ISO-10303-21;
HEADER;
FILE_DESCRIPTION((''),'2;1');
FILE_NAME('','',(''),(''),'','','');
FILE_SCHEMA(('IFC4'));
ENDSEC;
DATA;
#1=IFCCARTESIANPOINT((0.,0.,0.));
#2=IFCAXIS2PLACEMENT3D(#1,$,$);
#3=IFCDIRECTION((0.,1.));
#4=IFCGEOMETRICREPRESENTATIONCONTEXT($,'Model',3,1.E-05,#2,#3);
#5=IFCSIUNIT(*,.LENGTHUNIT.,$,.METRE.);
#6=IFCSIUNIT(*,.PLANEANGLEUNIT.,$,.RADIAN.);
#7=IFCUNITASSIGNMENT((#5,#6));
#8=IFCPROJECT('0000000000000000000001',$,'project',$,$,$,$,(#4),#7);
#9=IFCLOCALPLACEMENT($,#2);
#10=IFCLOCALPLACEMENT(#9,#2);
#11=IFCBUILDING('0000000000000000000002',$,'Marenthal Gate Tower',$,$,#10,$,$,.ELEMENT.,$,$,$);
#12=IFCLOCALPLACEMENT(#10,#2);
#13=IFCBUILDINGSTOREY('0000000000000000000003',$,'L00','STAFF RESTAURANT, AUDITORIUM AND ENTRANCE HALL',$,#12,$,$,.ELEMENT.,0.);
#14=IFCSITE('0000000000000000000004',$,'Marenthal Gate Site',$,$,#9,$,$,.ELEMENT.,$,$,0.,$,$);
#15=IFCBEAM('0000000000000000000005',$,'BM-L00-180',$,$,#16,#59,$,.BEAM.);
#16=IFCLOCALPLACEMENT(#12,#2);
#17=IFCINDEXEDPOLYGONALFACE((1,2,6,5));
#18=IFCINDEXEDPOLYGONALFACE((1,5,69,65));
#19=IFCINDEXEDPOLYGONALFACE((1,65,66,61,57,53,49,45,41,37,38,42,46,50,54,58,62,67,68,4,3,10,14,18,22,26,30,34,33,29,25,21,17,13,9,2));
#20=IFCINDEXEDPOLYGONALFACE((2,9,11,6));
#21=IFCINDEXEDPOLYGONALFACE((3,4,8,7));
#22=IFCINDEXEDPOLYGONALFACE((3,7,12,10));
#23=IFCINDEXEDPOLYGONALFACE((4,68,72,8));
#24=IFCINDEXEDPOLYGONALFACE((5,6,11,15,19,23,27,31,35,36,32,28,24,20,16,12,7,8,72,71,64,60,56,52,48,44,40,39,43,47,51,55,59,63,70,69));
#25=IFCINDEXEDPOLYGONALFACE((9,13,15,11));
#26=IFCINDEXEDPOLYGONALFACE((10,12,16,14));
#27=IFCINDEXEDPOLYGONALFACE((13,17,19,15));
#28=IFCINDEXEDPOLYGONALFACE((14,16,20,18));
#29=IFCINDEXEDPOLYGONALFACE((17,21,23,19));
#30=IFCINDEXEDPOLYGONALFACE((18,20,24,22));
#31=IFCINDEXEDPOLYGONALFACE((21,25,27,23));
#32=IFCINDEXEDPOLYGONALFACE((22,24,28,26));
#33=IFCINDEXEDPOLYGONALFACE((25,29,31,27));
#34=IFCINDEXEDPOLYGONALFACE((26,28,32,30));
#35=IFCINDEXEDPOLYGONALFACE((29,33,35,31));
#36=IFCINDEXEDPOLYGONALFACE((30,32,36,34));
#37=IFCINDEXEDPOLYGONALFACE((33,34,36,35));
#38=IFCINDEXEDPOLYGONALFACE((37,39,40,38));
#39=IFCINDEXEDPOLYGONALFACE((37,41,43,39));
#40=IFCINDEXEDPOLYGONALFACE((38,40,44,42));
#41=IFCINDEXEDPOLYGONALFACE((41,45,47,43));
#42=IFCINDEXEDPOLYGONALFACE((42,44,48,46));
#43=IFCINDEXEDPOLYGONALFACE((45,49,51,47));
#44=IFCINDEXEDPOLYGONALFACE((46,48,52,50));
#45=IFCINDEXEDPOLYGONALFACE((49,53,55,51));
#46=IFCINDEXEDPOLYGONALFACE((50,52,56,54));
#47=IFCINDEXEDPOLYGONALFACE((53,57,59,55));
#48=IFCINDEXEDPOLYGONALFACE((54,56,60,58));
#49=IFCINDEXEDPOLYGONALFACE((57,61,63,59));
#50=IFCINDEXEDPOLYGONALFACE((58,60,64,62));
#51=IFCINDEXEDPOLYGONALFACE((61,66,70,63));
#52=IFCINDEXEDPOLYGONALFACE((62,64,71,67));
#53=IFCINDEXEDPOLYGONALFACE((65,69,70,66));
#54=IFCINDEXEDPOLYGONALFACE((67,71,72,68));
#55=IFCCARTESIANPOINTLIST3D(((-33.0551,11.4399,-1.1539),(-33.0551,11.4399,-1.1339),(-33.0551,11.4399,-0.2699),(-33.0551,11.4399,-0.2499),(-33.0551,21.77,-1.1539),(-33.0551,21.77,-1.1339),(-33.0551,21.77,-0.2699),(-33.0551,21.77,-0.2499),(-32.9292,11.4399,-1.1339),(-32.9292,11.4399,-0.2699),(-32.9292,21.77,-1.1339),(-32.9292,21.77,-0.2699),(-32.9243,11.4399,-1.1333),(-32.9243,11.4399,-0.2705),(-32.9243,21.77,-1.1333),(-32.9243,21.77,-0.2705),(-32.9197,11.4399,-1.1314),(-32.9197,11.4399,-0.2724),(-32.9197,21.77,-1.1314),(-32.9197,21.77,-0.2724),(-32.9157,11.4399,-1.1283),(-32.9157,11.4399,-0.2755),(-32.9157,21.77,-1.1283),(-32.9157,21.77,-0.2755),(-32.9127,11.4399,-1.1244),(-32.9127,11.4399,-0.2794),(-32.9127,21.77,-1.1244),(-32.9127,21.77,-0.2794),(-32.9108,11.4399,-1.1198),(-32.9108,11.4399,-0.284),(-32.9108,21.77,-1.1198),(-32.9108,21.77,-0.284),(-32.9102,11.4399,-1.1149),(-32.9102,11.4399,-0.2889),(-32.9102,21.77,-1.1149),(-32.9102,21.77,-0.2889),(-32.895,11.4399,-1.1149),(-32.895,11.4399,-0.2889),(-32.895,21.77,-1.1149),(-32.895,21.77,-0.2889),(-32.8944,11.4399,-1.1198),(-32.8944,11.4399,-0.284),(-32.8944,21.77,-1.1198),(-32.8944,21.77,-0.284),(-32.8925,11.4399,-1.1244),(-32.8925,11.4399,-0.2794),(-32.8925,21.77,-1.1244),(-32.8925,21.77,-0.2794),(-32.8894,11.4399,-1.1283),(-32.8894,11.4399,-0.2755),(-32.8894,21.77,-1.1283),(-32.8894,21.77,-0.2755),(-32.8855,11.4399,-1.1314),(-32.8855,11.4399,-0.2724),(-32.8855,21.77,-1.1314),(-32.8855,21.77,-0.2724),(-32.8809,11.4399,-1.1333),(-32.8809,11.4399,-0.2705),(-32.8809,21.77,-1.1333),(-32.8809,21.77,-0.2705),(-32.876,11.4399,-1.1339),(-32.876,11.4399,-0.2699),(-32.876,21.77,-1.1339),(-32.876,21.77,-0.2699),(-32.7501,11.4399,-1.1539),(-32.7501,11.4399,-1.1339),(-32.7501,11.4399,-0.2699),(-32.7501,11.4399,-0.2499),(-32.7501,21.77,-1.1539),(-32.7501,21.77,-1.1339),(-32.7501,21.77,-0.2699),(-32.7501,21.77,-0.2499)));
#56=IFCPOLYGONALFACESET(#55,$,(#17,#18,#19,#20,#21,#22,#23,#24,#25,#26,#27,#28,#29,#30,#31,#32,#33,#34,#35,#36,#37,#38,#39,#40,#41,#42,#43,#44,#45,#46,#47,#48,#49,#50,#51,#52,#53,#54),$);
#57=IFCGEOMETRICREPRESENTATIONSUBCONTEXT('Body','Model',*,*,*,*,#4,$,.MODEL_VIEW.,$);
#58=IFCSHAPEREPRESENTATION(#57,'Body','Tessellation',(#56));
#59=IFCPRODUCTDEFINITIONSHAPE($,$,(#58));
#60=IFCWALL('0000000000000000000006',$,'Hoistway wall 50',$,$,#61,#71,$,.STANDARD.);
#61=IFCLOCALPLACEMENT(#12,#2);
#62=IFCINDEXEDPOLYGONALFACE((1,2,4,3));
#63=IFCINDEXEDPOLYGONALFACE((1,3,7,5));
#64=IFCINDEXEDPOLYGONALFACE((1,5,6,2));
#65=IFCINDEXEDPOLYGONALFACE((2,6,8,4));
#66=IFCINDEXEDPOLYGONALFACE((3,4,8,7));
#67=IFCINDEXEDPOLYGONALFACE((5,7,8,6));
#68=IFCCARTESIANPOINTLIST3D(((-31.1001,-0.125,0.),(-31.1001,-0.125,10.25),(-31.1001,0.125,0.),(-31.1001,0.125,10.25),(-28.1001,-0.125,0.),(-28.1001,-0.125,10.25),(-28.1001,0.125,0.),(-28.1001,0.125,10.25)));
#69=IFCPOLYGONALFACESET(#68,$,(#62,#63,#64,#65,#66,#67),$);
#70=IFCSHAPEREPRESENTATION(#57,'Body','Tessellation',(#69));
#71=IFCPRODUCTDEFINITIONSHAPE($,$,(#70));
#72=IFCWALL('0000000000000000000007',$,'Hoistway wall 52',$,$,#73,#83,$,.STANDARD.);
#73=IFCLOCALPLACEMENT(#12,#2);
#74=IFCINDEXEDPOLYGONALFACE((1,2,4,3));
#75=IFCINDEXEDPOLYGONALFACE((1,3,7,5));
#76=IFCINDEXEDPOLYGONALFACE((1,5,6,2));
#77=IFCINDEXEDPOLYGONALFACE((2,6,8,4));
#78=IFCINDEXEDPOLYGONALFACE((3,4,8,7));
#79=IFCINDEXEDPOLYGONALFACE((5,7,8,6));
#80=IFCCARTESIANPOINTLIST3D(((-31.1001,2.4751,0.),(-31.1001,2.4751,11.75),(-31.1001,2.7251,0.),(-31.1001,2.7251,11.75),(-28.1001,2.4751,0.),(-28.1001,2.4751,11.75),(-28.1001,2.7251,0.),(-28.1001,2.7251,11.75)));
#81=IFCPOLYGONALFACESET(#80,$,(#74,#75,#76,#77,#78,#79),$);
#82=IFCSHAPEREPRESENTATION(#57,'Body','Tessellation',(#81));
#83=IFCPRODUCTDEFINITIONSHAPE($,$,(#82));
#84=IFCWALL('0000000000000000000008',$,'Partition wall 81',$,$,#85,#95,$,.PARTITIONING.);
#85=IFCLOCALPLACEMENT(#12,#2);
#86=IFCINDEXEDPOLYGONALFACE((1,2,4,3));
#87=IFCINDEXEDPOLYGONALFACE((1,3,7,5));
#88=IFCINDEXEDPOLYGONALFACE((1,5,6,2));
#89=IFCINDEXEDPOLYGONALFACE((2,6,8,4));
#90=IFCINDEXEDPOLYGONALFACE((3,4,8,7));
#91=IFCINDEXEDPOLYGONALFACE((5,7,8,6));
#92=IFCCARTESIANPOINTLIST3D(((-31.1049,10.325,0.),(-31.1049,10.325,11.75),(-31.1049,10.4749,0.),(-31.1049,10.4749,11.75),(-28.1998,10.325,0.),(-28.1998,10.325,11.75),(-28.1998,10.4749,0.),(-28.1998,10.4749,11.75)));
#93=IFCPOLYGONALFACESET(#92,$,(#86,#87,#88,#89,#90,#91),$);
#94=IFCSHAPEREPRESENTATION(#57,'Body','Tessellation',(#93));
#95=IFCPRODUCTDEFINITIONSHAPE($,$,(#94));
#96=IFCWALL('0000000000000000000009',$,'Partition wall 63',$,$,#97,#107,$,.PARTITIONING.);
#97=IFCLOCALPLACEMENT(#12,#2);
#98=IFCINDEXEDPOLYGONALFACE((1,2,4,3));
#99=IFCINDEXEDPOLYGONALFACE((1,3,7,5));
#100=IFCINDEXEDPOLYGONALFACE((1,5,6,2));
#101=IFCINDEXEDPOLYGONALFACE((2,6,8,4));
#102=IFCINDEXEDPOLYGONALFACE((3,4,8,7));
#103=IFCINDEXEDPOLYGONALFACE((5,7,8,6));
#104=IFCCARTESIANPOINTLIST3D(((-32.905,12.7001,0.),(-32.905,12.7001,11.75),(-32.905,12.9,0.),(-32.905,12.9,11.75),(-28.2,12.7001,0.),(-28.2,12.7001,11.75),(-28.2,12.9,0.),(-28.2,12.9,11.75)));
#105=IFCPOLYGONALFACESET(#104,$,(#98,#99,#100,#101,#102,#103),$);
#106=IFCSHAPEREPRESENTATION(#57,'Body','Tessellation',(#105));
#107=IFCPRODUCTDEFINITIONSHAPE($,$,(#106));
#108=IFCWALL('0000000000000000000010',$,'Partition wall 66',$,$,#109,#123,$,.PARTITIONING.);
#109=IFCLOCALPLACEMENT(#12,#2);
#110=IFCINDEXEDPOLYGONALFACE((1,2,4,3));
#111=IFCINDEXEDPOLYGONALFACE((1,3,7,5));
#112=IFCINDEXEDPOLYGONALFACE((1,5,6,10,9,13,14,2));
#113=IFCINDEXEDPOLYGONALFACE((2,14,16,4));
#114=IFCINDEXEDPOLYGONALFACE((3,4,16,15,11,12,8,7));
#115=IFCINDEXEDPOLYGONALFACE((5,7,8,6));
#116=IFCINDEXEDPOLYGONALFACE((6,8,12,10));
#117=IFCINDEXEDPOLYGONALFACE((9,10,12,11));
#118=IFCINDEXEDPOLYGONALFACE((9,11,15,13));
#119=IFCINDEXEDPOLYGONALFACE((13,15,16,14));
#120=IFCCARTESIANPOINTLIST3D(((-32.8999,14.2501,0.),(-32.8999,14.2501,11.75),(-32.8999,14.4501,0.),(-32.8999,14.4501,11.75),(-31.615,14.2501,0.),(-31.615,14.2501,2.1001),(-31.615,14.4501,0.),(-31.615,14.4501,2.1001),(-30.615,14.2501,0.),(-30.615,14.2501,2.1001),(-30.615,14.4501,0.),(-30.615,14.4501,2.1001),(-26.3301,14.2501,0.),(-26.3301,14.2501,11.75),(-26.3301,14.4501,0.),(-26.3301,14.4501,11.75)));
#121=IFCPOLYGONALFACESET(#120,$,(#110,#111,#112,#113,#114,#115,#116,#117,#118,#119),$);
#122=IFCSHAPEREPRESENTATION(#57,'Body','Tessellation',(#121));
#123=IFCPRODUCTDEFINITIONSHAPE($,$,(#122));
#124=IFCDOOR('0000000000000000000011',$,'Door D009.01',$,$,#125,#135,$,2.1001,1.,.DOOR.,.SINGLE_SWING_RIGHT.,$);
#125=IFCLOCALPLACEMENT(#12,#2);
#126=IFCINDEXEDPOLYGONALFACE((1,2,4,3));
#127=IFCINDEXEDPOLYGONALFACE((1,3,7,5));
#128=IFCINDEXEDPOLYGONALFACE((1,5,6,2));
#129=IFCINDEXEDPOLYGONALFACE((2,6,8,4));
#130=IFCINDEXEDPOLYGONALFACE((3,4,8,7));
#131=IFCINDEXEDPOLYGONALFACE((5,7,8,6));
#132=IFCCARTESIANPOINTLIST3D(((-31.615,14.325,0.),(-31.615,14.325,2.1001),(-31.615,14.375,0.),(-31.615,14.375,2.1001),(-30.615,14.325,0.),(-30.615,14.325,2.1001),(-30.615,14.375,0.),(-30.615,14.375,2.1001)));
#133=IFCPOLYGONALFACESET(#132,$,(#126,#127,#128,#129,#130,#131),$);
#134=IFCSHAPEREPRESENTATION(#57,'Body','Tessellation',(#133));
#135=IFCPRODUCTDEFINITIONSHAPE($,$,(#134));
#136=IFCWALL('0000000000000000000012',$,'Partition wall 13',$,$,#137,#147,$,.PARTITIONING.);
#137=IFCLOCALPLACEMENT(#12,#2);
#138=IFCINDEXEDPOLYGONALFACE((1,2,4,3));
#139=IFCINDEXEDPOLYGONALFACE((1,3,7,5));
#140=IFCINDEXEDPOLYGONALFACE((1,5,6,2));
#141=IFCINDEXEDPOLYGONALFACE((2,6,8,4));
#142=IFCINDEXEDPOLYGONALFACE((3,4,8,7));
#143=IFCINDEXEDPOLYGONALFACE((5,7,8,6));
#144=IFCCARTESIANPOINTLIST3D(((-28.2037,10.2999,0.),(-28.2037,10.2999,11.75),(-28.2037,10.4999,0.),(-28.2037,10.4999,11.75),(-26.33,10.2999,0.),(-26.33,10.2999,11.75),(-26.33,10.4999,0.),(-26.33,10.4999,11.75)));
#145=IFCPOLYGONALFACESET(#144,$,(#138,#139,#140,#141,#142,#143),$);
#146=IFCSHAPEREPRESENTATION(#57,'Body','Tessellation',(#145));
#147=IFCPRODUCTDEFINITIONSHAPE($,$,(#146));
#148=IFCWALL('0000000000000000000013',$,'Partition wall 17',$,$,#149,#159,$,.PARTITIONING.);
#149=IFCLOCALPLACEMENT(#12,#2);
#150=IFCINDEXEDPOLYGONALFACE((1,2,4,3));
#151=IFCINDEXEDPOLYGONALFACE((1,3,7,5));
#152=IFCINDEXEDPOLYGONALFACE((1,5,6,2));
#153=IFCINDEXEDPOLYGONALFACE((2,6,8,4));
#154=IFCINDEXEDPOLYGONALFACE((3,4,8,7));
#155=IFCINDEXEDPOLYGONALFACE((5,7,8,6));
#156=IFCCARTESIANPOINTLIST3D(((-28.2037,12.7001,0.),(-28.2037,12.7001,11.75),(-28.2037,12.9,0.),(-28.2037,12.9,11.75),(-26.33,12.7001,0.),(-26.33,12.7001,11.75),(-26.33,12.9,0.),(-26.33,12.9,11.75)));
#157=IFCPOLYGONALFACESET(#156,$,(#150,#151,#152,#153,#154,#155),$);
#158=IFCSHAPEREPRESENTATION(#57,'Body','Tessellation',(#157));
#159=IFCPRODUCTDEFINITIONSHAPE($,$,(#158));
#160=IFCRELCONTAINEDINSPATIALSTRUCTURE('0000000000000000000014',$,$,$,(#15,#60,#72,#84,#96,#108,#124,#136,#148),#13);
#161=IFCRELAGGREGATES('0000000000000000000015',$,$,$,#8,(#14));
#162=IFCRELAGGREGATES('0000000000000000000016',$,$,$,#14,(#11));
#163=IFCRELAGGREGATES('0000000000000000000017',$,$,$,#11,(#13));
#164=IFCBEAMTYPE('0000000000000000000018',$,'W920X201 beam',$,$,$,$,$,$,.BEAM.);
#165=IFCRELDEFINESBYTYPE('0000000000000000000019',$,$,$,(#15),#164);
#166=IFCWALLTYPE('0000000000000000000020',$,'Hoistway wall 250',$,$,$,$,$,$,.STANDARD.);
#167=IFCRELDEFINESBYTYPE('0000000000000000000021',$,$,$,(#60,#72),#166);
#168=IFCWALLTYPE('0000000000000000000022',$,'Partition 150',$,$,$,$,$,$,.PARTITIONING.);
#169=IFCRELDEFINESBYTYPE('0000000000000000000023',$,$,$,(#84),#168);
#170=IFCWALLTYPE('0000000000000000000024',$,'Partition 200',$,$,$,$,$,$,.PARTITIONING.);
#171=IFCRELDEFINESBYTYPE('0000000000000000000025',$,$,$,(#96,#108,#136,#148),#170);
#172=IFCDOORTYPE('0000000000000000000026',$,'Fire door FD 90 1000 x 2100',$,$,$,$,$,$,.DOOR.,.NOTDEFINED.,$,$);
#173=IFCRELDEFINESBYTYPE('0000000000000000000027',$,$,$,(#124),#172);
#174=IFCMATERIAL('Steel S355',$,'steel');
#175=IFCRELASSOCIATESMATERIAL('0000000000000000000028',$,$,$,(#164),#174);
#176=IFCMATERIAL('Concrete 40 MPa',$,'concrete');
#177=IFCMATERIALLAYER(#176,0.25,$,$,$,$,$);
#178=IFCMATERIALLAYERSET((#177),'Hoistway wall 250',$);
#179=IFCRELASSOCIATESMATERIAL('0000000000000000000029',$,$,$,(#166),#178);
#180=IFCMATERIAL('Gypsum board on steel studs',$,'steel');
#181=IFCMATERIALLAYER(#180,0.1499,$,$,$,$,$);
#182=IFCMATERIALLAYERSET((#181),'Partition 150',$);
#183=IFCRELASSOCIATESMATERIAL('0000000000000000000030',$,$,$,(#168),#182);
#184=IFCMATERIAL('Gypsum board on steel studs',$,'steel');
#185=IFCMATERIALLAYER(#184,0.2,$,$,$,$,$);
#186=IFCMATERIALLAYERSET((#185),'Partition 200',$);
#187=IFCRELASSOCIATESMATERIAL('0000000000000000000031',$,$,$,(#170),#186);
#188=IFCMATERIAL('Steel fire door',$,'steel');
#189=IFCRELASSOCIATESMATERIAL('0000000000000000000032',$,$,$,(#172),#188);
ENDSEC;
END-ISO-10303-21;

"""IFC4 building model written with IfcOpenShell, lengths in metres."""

from ifc_helpers import new_model, si_unit, direction, frame, frame_2d, origin, origin_2d, place, context, subcontext, project, spatial, rectangle, i_section, extrude, material, layer, layer_set, material_profile, profile_set, type_object, element, fill, save


model = new_model("IFC4")

# Units and contexts
model_context = context("Model", 3, precision=1e-05, world=origin(), true_north=direction((0.0, 1.0)))
body_context = subcontext(model_context, "Body", "Model", "MODEL_VIEW")
ifc_project = project(units=[si_unit("LENGTHUNIT", "METRE"), si_unit("PLANEANGLEUNIT", "RADIAN")], contexts=[model_context])

# Site, building, storey
site_placement = place(None, origin())
site = spatial("IfcSite", under=ifc_project, at=site_placement, Name="Marenthal Gate Site", CompositionType="ELEMENT", RefElevation=0.0)
building_placement = place(site_placement, origin())
building = spatial("IfcBuilding", under=site, at=building_placement, Name="Marenthal Gate Tower", CompositionType="ELEMENT")
storey_placement = place(building_placement, origin())
storey = spatial("IfcBuildingStorey", under=building, at=storey_placement, Name="L00", Description="STAFF RESTAURANT, AUDITORIUM AND ENTRANCE HALL", CompositionType="ELEMENT", Elevation=0.0)

# Beam
ifc_material_1 = material(Name="Steel S355", Category="steel")
ifc_material_profile_1 = material_profile(ifc_material_1, i_section(OverallWidth=0.3049, OverallDepth=0.9041, WebThickness=0.0151, FlangeThickness=0.02, FilletRadius=0.019, at=origin_2d()), Name="W920X201")
ifc_profile_set_1 = profile_set([ifc_material_profile_1], Name="Steel S355")
beam_type_1 = type_object("IfcBeamType", Name="W920X201 beam", PredefinedType="BEAM", material=ifc_profile_set_1)
for number, where, z_axis, x_axis, name in (
    (1, (-32.9026, 11.4399, -0.7019), (0.0, 1.0, 0.0), (-1.0, 0.0, 0.0), "BM-L00-180"),
):
    element("IfcBeam", number, at=place(storey_placement, frame(where, z_axis=z_axis, x_axis=x_axis)), inside=storey, type_object=beam_type_1, Name=name, PredefinedType="BEAM", context=body_context, shape_type="SweptSolid", body=[
        extrude(i_section(OverallWidth=0.3049, OverallDepth=0.9041, WebThickness=0.0151, FlangeThickness=0.02, FilletRadius=0.019, at=origin_2d()), origin(), (0.0, 0.0, 1.0), 10.3301),
    ])

# Walls
ifc_material_2 = material(Name="Concrete 40 MPa", Category="concrete")
ifc_layer_1 = layer(ifc_material_2, 0.25)
ifc_layer_set_1 = layer_set([ifc_layer_1], Name="Hoistway wall 250")
wall_type_1 = type_object("IfcWallType", Name="Hoistway wall 250", PredefinedType="STANDARD", material=ifc_layer_set_1)
wall_1_placement = place(storey_placement, frame((-31.1001, 0.0, 0.0), z_axis=(0.0, 0.0, 1.0), x_axis=(1.0, 0.0, 0.0)))
element("IfcWall", 2, at=wall_1_placement, inside=storey, type_object=wall_type_1, Name="Hoistway wall 50", PredefinedType="STANDARD", context=body_context, shape_type="SweptSolid", body=[
    extrude(rectangle(XDim=3.0, YDim=0.25, at=frame_2d((1.5, 0.0))), origin(), (0.0, 0.0, 1.0), 10.25),
])
wall_2_placement = place(storey_placement, frame((-31.1001, 2.6001, 0.0), z_axis=(0.0, 0.0, 1.0), x_axis=(1.0, 0.0, 0.0)))
element("IfcWall", 3, at=wall_2_placement, inside=storey, type_object=wall_type_1, Name="Hoistway wall 52", PredefinedType="STANDARD", context=body_context, shape_type="SweptSolid", body=[
    extrude(rectangle(XDim=3.0, YDim=0.25, at=frame_2d((1.5, 0.0))), origin(), (0.0, 0.0, 1.0), 11.75),
])
ifc_material_3 = material(Name="Gypsum board on steel studs", Category="steel")
ifc_layer_2 = layer(ifc_material_3, 0.1499)
ifc_layer_set_2 = layer_set([ifc_layer_2], Name="Partition 150")
wall_type_2 = type_object("IfcWallType", Name="Partition 150", PredefinedType="PARTITIONING", material=ifc_layer_set_2)
wall_3_placement = place(storey_placement, frame((-31.105, 10.3999, 0.0), z_axis=(0.0, 0.0, 1.0), x_axis=(1.0, 0.0, 0.0)))
element("IfcWall", 4, at=wall_3_placement, inside=storey, type_object=wall_type_2, Name="Partition wall 81", PredefinedType="PARTITIONING", context=body_context, shape_type="SweptSolid", body=[
    extrude(rectangle(XDim=2.905, YDim=0.1499, at=frame_2d((1.4526, 0.0))), origin(), (0.0, 0.0, 1.0), 11.75),
])
ifc_material_4 = material(Name="Gypsum board on steel studs", Category="steel")
ifc_layer_3 = layer(ifc_material_4, 0.2)
ifc_layer_set_3 = layer_set([ifc_layer_3], Name="Partition 200")
wall_type_3 = type_object("IfcWallType", Name="Partition 200", PredefinedType="PARTITIONING", material=ifc_layer_set_3)
wall_4_placement = place(storey_placement, frame((-32.905, 12.8, 0.0), z_axis=(0.0, 0.0, 1.0), x_axis=(1.0, 0.0, 0.0)))
element("IfcWall", 5, at=wall_4_placement, inside=storey, type_object=wall_type_3, Name="Partition wall 63", PredefinedType="PARTITIONING", context=body_context, shape_type="SweptSolid", body=[
    extrude(rectangle(XDim=4.7051, YDim=0.2, at=frame_2d((2.3525, 0.0))), origin(), (0.0, 0.0, 1.0), 11.75),
])

# Wall, opening, door
wall_5_placement = place(storey_placement, frame((-32.8999, 14.3501, 0.0), z_axis=(0.0, 0.0, 1.0), x_axis=(1.0, 0.0, 0.0)))
wall_5 = element("IfcWall", 6, at=wall_5_placement, inside=storey, type_object=wall_type_3, Name="Partition wall 66", PredefinedType="PARTITIONING", context=body_context, shape_type="SweptSolid", body=[
    extrude(rectangle(XDim=6.5698, YDim=0.2, at=frame_2d((3.2849, 0.0))), origin(), (0.0, 0.0, 1.0), 11.75),
])
opening_1_placement = place(wall_5_placement, frame((1.2849, 0.0, 0.0)))
opening_1 = element("IfcOpeningElement", 7, at=opening_1_placement, cuts=wall_5, PredefinedType="OPENING", context=body_context, shape_type="SweptSolid", body=[
    extrude(rectangle(XDim=1.0, YDim=2.1001, at=frame_2d((0.5, 1.05))), frame((0.0, 0.1099, 0.0), z_axis=(0.0, -1.0, 0.0), x_axis=(1.0, 0.0, 0.0)), (0.0, 0.0, 1.0), 0.22),
])
ifc_material_5 = material(Name="Steel fire door", Category="steel")
door_type_1 = type_object("IfcDoorType", Name="Fire door FD 90 1000 x 2100", OperationType="NOTDEFINED", PredefinedType="DOOR", material=ifc_material_5)
door_1_placement = place(opening_1_placement, origin())
door_1 = element("IfcDoor", 8, at=door_1_placement, inside=storey, type_object=door_type_1, Name="Door D009.01", OperationType="SINGLE_SWING_RIGHT", OverallHeight=2.1001, OverallWidth=1.0, PredefinedType="DOOR", context=body_context, shape_type="SweptSolid", body=[
    extrude(rectangle(XDim=1.0, YDim=2.1001, at=frame_2d((0.5, 1.05))), frame((0.0, 0.0249, 0.0), z_axis=(0.0, -1.0, 0.0), x_axis=(1.0, 0.0, 0.0)), (0.0, 0.0, 1.0), 0.05),
])
fill(opening_1, door_1)

# Walls
for number, where, z_axis, x_axis, name in (
    (9, (-28.2039, 10.3999, 0.0), (0.0, 0.0, 1.0), (1.0, 0.0, 0.0), "Partition wall 13"),
    (10, (-28.2039, 12.8, 0.0), (0.0, 0.0, 1.0), (1.0, 0.0, 0.0), "Partition wall 17"),
):
    element("IfcWall", number, at=place(storey_placement, frame(where, z_axis=z_axis, x_axis=x_axis)), inside=storey, type_object=wall_type_3, Name=name, PredefinedType="PARTITIONING", context=body_context, shape_type="SweptSolid", body=[
        extrude(rectangle(XDim=1.8738, YDim=0.2, at=frame_2d((0.937, 0.0))), origin(), (0.0, 0.0, 1.0), 11.75),
    ])

save(model, "model.ifc")
